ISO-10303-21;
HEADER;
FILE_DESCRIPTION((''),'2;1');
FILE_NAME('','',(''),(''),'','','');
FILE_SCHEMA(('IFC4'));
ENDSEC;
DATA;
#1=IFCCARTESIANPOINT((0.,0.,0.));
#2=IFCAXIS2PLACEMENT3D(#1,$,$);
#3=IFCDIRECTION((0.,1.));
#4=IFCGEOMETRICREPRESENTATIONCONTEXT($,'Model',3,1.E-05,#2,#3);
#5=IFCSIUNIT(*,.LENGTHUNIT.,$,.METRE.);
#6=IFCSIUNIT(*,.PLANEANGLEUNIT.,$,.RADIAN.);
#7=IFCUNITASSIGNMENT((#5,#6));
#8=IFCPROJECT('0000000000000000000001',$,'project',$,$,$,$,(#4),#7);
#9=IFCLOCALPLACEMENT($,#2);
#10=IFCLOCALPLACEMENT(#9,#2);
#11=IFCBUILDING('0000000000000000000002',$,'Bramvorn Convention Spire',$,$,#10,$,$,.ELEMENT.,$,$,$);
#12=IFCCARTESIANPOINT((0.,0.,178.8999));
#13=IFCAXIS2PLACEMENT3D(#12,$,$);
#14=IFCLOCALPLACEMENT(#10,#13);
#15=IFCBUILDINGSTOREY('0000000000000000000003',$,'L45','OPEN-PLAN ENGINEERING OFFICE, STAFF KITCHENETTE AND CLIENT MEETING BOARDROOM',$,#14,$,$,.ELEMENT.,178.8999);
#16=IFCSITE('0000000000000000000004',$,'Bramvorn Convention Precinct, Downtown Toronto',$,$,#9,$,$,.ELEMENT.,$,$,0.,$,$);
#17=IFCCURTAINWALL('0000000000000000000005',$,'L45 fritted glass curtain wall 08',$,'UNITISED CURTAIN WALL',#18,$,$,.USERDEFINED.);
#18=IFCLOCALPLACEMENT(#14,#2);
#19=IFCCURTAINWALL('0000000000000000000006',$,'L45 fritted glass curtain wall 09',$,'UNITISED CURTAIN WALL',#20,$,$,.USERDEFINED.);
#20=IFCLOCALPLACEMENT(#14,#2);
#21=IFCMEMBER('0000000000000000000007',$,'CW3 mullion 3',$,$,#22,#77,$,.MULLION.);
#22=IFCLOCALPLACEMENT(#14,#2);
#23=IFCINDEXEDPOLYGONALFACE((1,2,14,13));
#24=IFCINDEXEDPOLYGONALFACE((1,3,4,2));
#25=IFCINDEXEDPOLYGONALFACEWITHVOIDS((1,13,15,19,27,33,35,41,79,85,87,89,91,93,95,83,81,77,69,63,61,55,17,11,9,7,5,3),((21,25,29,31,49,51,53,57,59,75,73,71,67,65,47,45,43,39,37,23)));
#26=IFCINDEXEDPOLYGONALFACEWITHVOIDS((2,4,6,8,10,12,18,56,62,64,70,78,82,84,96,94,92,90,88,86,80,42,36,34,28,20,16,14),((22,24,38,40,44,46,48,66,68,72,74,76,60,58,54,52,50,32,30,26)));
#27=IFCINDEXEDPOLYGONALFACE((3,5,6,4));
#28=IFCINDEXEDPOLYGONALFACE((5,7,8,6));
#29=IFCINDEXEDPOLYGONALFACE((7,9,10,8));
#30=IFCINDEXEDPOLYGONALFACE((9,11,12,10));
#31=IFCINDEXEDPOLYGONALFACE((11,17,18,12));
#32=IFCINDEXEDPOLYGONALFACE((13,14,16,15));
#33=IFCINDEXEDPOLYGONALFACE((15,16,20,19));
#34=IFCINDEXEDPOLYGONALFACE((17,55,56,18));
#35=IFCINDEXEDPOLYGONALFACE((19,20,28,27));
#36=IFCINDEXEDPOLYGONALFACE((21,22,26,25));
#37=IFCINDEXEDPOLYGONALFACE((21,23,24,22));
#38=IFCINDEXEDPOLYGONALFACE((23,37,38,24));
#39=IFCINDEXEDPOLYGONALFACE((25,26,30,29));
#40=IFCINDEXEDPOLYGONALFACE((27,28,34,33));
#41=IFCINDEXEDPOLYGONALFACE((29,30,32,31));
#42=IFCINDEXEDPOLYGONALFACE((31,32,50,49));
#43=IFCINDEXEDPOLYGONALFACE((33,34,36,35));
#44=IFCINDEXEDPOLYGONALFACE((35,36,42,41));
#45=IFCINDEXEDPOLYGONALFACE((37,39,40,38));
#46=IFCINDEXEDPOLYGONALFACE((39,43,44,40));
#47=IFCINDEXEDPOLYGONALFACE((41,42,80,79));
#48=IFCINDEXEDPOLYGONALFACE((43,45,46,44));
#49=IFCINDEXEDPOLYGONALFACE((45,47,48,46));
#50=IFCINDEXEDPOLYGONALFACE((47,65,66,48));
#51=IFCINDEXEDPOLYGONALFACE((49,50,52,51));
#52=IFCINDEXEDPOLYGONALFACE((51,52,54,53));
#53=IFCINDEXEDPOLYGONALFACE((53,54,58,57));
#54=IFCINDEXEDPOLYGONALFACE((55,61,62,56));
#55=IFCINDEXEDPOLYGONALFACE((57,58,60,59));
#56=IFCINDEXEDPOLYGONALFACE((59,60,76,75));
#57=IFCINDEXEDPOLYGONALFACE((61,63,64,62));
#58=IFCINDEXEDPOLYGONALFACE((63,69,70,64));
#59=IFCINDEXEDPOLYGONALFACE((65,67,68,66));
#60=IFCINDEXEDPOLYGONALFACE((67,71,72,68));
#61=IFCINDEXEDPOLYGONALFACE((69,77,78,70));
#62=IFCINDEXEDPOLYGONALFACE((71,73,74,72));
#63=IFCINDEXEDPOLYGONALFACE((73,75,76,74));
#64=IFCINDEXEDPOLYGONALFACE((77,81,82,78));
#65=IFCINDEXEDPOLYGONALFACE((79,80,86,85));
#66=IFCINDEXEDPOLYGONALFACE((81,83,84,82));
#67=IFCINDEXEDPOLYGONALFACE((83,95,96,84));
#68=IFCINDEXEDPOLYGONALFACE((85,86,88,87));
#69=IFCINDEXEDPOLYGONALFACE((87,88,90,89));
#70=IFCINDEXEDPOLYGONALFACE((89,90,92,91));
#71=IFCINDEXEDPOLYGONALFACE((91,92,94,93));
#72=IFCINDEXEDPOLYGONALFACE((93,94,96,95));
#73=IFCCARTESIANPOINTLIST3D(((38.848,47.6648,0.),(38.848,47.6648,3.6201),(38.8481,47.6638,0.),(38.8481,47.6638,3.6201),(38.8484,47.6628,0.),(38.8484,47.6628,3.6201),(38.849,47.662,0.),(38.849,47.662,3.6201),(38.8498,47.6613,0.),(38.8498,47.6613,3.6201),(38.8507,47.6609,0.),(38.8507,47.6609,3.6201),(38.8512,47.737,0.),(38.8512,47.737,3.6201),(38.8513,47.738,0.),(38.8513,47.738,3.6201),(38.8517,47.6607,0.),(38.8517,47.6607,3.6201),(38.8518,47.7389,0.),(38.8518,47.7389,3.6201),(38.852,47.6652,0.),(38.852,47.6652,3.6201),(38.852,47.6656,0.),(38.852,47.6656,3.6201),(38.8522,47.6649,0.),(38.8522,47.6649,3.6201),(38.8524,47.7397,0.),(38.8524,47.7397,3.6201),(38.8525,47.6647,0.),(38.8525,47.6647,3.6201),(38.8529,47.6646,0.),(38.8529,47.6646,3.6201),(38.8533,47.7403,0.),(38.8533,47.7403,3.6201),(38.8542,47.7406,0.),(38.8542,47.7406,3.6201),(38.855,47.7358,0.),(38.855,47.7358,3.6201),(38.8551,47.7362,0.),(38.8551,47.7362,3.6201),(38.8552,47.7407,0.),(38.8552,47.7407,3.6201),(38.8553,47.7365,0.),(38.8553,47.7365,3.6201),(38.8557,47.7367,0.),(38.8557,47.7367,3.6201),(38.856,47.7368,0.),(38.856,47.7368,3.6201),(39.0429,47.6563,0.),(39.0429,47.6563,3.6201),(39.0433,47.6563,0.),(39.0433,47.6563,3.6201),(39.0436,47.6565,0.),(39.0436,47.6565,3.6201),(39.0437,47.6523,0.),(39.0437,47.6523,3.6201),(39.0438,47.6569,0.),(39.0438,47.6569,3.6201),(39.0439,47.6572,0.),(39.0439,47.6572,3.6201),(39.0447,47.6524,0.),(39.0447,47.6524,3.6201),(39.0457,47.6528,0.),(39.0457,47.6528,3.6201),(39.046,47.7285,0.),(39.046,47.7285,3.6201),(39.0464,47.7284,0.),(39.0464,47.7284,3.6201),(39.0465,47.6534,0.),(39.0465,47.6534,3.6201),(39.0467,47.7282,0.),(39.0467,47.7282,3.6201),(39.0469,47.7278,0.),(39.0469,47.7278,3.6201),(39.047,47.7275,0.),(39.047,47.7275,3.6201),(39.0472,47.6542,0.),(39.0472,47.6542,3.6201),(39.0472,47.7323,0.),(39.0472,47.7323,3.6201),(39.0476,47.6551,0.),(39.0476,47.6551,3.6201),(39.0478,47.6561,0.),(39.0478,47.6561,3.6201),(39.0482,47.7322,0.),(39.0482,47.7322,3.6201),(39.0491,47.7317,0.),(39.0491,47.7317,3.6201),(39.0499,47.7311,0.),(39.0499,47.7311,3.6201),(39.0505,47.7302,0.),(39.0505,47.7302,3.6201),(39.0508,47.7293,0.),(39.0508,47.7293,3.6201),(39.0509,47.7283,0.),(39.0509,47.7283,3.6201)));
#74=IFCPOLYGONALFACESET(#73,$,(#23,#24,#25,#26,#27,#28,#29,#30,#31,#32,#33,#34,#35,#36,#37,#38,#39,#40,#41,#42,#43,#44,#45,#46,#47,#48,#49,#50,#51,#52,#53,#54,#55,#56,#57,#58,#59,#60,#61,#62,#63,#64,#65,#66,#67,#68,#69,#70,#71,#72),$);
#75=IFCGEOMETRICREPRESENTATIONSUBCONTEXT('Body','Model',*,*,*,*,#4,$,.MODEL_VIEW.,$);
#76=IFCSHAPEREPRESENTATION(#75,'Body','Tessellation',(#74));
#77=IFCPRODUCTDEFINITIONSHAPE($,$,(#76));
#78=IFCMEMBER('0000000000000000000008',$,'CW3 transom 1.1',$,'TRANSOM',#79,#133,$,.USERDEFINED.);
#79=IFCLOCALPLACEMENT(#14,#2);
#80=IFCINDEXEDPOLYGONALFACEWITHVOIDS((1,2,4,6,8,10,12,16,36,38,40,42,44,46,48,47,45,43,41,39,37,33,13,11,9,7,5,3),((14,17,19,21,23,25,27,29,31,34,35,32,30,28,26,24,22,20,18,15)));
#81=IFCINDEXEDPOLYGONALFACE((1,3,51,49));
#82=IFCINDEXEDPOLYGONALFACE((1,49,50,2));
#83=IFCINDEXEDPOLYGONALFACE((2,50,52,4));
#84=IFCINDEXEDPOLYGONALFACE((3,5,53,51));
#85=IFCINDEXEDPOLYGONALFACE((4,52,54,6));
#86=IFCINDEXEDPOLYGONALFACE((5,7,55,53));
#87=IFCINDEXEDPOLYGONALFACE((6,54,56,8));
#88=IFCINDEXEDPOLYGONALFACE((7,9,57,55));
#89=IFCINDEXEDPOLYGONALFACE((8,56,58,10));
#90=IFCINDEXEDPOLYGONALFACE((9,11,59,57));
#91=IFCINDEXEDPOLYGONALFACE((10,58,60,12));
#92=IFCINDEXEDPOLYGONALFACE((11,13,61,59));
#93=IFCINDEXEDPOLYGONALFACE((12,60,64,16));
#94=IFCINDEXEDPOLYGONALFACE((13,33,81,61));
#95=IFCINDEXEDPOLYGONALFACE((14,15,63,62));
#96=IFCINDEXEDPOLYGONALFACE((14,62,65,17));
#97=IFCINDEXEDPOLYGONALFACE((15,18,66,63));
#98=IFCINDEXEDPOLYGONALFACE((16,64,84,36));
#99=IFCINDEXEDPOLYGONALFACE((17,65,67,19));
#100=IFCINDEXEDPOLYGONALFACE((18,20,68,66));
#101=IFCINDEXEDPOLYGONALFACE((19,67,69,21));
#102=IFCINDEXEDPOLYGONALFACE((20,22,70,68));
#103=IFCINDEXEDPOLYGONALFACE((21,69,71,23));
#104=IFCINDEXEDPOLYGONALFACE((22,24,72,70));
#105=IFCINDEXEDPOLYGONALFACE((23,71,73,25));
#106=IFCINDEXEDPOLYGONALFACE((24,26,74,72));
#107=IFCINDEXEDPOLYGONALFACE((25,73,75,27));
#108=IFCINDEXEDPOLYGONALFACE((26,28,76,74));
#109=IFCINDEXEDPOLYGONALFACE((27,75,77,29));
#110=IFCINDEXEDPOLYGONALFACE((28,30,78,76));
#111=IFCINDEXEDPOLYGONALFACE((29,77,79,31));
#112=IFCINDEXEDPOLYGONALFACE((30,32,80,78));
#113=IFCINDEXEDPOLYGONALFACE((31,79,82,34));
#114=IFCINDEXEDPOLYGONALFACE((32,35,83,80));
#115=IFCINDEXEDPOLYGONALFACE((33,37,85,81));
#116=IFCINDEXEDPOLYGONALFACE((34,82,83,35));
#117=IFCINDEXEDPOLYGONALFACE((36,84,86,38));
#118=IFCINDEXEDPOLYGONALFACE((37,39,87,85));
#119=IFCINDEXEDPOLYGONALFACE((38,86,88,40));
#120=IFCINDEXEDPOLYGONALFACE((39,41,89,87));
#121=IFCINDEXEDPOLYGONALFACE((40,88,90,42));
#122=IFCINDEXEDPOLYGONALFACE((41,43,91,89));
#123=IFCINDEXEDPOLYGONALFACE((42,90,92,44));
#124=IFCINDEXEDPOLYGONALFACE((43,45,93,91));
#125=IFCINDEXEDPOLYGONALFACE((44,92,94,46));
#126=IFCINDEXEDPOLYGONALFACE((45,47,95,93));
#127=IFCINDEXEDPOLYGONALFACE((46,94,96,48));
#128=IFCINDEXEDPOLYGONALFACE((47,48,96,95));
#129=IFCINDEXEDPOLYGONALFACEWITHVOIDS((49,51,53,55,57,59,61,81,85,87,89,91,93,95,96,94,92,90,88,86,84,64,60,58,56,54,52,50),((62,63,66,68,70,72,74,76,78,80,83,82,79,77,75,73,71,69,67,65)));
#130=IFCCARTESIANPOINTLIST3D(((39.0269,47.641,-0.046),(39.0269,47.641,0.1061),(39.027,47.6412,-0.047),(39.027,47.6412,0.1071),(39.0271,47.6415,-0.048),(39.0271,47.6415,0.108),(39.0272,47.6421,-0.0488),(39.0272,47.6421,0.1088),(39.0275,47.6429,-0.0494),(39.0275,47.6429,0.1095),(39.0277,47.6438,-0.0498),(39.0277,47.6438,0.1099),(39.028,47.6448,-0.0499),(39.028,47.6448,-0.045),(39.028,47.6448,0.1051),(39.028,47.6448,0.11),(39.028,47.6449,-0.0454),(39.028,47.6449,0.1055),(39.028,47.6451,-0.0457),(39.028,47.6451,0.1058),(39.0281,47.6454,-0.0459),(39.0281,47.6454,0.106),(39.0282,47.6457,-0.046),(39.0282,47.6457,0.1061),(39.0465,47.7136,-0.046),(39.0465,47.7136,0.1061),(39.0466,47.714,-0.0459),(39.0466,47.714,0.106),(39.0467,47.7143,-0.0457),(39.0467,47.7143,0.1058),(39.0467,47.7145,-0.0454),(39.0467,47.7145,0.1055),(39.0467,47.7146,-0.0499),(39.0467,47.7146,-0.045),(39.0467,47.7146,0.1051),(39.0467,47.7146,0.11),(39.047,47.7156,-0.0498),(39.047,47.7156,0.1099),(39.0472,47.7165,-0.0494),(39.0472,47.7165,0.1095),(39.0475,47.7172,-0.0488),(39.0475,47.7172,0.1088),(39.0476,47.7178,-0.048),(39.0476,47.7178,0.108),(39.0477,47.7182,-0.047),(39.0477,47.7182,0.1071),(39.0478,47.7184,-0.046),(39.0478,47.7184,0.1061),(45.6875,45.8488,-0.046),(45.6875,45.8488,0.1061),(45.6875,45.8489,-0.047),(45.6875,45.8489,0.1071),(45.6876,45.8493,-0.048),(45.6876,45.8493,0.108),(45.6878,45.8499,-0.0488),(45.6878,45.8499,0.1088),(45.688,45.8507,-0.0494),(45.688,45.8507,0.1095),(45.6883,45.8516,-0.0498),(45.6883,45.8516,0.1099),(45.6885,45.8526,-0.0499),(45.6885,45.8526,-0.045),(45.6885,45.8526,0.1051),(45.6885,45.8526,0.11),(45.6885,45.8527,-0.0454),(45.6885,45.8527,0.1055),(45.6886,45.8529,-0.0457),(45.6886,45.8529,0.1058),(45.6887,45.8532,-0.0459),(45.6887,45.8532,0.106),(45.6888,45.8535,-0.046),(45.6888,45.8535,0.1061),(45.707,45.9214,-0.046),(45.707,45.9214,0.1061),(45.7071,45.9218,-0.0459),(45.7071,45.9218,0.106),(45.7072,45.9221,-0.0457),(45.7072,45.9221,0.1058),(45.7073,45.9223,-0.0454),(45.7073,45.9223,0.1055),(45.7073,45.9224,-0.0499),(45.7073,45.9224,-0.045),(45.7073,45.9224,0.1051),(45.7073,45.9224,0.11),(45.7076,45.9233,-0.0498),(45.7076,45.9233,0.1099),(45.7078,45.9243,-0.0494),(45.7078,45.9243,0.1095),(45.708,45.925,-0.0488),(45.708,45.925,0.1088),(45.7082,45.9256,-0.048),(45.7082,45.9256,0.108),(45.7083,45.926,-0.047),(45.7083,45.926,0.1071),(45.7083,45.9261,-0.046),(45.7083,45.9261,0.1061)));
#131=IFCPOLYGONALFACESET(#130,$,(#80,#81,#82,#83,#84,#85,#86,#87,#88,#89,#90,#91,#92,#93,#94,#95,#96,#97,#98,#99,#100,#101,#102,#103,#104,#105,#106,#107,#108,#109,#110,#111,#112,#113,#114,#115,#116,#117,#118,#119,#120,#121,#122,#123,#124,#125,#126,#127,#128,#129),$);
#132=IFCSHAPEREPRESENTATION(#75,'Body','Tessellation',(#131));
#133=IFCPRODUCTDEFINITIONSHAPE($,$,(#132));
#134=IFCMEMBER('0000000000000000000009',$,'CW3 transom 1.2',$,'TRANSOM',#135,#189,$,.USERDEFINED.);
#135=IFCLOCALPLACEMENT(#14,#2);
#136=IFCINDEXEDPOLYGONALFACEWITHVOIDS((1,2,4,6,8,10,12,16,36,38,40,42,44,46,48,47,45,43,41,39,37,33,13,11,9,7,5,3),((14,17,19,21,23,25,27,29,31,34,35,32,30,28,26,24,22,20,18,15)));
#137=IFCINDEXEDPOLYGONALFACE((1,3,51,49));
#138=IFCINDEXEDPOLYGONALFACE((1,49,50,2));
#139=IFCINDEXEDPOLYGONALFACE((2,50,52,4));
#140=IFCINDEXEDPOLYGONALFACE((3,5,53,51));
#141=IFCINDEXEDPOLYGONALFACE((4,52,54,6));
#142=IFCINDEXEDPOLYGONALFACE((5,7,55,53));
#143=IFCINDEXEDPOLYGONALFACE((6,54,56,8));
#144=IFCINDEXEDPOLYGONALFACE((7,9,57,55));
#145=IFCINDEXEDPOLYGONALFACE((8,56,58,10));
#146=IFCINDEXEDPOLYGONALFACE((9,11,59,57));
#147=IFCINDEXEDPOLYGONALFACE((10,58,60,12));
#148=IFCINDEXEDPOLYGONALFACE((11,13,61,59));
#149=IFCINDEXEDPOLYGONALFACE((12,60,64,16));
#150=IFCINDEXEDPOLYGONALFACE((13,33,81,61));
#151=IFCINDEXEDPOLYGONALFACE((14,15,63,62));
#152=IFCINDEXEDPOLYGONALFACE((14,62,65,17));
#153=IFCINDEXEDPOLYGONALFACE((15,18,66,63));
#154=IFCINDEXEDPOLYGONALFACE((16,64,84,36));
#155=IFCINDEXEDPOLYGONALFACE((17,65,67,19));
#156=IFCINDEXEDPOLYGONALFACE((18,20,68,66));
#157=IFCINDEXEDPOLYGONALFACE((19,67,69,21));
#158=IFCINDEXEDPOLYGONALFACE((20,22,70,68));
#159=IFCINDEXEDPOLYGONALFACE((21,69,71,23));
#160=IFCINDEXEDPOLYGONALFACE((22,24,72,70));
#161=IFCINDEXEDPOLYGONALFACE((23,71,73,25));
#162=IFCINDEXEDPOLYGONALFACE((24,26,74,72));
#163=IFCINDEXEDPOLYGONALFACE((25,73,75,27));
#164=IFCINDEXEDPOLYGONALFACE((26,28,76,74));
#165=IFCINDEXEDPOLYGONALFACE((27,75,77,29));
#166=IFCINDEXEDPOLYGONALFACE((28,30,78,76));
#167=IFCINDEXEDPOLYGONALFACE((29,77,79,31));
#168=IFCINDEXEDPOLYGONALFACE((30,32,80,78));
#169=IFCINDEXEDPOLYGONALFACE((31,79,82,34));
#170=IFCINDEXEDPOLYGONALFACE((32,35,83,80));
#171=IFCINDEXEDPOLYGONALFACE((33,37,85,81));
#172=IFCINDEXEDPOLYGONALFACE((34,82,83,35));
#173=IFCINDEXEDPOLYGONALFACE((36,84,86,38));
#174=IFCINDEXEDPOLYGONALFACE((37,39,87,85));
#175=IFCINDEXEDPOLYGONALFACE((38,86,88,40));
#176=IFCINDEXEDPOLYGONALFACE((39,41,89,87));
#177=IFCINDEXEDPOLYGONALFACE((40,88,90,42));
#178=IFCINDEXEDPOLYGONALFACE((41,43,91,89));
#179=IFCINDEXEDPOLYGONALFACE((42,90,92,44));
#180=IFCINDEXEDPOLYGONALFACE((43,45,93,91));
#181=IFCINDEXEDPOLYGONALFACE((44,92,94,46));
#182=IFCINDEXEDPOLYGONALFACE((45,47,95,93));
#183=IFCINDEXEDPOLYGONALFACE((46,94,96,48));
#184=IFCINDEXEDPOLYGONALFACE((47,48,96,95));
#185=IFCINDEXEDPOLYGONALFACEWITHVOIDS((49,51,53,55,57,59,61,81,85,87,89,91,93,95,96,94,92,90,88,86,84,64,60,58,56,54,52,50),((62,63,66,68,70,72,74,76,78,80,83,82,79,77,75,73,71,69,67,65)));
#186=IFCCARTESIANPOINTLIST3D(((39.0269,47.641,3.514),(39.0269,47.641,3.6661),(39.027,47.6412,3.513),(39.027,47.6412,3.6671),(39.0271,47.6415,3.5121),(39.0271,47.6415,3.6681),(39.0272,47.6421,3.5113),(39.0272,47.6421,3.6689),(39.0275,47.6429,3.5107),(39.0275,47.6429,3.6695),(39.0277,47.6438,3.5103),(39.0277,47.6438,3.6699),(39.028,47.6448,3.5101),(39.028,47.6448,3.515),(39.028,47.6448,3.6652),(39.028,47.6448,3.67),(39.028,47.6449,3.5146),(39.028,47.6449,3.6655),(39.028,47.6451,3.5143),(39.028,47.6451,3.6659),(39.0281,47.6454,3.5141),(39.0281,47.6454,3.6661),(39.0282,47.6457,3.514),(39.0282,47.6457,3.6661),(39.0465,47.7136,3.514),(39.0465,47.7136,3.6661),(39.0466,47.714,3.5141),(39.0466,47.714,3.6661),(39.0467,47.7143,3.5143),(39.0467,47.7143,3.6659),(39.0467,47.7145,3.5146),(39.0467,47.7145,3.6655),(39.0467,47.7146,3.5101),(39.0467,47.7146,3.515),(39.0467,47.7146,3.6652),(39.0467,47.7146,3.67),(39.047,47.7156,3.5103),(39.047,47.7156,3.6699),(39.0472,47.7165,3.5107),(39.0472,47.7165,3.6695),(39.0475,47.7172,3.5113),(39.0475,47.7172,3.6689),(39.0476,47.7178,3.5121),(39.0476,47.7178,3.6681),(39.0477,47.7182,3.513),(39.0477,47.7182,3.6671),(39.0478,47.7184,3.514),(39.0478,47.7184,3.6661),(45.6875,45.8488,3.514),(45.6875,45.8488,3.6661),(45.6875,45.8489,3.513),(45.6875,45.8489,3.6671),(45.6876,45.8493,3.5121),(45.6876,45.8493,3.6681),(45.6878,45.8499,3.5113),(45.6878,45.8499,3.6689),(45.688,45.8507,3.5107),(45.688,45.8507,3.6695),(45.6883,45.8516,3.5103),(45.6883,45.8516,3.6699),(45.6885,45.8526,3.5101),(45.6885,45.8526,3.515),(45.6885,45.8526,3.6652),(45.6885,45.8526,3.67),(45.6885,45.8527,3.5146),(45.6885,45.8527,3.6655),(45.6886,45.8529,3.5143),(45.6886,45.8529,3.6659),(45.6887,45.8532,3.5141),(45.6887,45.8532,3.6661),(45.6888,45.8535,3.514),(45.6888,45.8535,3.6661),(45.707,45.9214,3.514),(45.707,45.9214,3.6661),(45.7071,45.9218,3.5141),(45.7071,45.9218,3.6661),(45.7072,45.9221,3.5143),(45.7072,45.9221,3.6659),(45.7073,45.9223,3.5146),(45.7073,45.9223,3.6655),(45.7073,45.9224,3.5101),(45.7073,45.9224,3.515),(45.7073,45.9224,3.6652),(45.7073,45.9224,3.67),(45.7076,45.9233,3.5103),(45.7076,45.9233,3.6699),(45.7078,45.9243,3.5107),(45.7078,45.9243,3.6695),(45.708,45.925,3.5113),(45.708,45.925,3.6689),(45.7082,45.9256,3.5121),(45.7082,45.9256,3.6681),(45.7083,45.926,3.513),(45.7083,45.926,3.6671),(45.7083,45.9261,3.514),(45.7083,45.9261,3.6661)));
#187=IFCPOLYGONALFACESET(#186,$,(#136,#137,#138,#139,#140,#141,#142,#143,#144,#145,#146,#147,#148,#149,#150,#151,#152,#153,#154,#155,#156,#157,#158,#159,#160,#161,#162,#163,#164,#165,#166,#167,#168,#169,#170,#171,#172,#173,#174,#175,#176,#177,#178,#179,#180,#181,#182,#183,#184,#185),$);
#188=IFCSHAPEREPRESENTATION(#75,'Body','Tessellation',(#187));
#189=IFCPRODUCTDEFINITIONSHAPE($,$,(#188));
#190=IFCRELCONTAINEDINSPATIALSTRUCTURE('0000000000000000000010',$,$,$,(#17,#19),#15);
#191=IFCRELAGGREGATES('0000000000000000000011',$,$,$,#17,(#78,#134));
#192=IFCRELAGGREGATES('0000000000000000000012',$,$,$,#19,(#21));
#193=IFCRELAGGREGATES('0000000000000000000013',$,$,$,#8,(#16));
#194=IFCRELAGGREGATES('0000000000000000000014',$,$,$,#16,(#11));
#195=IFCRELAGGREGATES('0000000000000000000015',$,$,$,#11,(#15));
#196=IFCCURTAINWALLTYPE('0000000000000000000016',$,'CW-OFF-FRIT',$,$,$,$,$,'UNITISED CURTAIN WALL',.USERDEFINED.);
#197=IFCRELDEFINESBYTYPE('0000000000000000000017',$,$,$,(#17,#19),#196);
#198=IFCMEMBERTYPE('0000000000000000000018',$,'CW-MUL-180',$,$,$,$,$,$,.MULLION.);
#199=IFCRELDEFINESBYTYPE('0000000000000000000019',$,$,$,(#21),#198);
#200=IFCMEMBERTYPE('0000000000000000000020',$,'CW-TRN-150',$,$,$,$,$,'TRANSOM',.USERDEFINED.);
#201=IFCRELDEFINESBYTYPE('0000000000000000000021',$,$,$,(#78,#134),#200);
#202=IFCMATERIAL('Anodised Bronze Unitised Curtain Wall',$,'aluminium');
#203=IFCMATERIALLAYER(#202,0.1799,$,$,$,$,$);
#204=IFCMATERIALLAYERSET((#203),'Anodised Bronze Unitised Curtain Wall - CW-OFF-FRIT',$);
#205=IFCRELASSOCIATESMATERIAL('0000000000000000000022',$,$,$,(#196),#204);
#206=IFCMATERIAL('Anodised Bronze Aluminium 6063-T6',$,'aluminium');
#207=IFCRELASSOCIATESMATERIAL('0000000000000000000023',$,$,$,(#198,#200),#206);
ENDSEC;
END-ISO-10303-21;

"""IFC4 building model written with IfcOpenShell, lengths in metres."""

from ifc_helpers import new_model, si_unit, direction, frame, origin, origin_2d, place, context, subcontext, project, spatial, hollow_rectangle, extrude, material, layer, layer_set, material_profile, profile_set, type_object, element, aggregate, save


model = new_model("IFC4")

# Units and contexts
model_context = context("Model", 3, precision=1e-05, world=origin(), true_north=direction((0.0, 1.0)))
body_context = subcontext(model_context, "Body", "Model", "MODEL_VIEW")
ifc_project = project(units=[si_unit("LENGTHUNIT", "METRE"), si_unit("PLANEANGLEUNIT", "RADIAN")], contexts=[model_context])

# Site, building, storey
site_placement = place(None, origin())
site = spatial("IfcSite", under=ifc_project, at=site_placement, Name="Bramvorn Convention Precinct, Downtown Toronto", CompositionType="ELEMENT", RefElevation=0.0)
building_placement = place(site_placement, origin())
building = spatial("IfcBuilding", under=site, at=building_placement, Name="Bramvorn Convention Spire", CompositionType="ELEMENT")
storey_placement = place(building_placement, frame((0.0, 0.0, 178.8999)))
storey = spatial("IfcBuildingStorey", under=building, at=storey_placement, Name="L45", Description="OPEN-PLAN ENGINEERING OFFICE, STAFF KITCHENETTE AND CLIENT MEETING BOARDROOM", CompositionType="ELEMENT", Elevation=178.8999)

# Curtain walls, member
ifc_material_1 = material(Name="Anodised Bronze Unitised Curtain Wall", Category="aluminium")
ifc_layer_1 = layer(ifc_material_1, 0.1799)
ifc_layer_set_1 = layer_set([ifc_layer_1], Name="Anodised Bronze Unitised Curtain Wall - CW-OFF-FRIT")
curtain_wall_type = type_object("IfcCurtainWallType", Name="CW-OFF-FRIT", ElementType="UNITISED CURTAIN WALL", PredefinedType="USERDEFINED", material=ifc_layer_set_1)
curtain_wall_1_placement = place(storey_placement, origin())
curtain_wall_1 = element("IfcCurtainWall", 1, at=curtain_wall_1_placement, inside=storey, type_object=curtain_wall_type, Name="L45 fritted glass curtain wall 08", ObjectType="UNITISED CURTAIN WALL", PredefinedType="USERDEFINED")
ifc_material_2 = material(Name="Anodised Bronze Aluminium 6063-T6", Category="aluminium")
ifc_material_profile_1 = material_profile(ifc_material_2, hollow_rectangle(XDim=0.0801, YDim=0.2, WallThickness=0.0039, InnerFilletRadius=0.001, OuterFilletRadius=0.0039, at=origin_2d()))
ifc_profile_set_1 = profile_set([ifc_material_profile_1], Name="Anodised Bronze Aluminium 6063-T6 - CWM80X200")
member_type_1 = type_object("IfcMemberType", Name="CW-MUL-180", PredefinedType="MULLION", material=ifc_profile_set_1)
curtain_wall_2_placement = place(storey_placement, origin())
curtain_wall_2 = element("IfcCurtainWall", 2, at=curtain_wall_2_placement, inside=storey, type_object=curtain_wall_type, Name="L45 fritted glass curtain wall 09", ObjectType="UNITISED CURTAIN WALL", PredefinedType="USERDEFINED")
member_1_placement = place(storey_placement, frame((38.9495, 47.6965, 0.0), z_axis=(0.0, 0.0, 1.0), x_axis=(0.04357, 0.99905, 0.0)))
member_1 = element("IfcMember", 3, at=member_1_placement, type_object=member_type_1, Name="CW3 mullion 3", PredefinedType="MULLION", context=body_context, shape_type="SweptSolid", body=[
    extrude(hollow_rectangle(XDim=0.0801, YDim=0.2, WallThickness=0.0039, InnerFilletRadius=0.001, OuterFilletRadius=0.0039, at=origin_2d()), origin(), (0.0, 0.0, 1.0), 3.6201),
])

# Members
ifc_material_profile_2 = material_profile(ifc_material_2, hollow_rectangle(XDim=0.0801, YDim=0.1599, WallThickness=0.0039, InnerFilletRadius=0.001, OuterFilletRadius=0.0039, at=origin_2d()))
ifc_profile_set_2 = profile_set([ifc_material_profile_2], Name="Anodised Bronze Aluminium 6063-T6 - CWT80X160")
member_type_2 = type_object("IfcMemberType", Name="CW-TRN-150", ElementType="TRANSOM", PredefinedType="USERDEFINED", material=ifc_profile_set_2)
member_2_placement = place(storey_placement, frame((39.0374, 47.6797, 0.03), z_axis=(0.965653, -0.259836, 0.0), x_axis=(0.259836, 0.965653, 0.0)))
member_2 = element("IfcMember", 4, at=member_2_placement, type_object=member_type_2, Name="CW3 transom 1.1", ObjectType="TRANSOM", PredefinedType="USERDEFINED", context=body_context, shape_type="SweptSolid", body=[
    extrude(hollow_rectangle(XDim=0.0801, YDim=0.1599, WallThickness=0.0039, InnerFilletRadius=0.001, OuterFilletRadius=0.0039, at=origin_2d()), origin(), (0.0, 0.0, 1.0), 6.8975),
])
member_3_placement = place(storey_placement, frame((39.0374, 47.6797, 3.5901), z_axis=(0.965653, -0.259836, 0.0), x_axis=(0.259836, 0.965653, 0.0)))
member_3 = element("IfcMember", 5, at=member_3_placement, type_object=member_type_2, Name="CW3 transom 1.2", ObjectType="TRANSOM", PredefinedType="USERDEFINED", context=body_context, shape_type="SweptSolid", body=[
    extrude(hollow_rectangle(XDim=0.0801, YDim=0.1599, WallThickness=0.0039, InnerFilletRadius=0.001, OuterFilletRadius=0.0039, at=origin_2d()), origin(), (0.0, 0.0, 1.0), 6.8975),
])

aggregate(curtain_wall_1, [member_2, member_3])
aggregate(curtain_wall_2, [member_1])

save(model, "model.ifc")
